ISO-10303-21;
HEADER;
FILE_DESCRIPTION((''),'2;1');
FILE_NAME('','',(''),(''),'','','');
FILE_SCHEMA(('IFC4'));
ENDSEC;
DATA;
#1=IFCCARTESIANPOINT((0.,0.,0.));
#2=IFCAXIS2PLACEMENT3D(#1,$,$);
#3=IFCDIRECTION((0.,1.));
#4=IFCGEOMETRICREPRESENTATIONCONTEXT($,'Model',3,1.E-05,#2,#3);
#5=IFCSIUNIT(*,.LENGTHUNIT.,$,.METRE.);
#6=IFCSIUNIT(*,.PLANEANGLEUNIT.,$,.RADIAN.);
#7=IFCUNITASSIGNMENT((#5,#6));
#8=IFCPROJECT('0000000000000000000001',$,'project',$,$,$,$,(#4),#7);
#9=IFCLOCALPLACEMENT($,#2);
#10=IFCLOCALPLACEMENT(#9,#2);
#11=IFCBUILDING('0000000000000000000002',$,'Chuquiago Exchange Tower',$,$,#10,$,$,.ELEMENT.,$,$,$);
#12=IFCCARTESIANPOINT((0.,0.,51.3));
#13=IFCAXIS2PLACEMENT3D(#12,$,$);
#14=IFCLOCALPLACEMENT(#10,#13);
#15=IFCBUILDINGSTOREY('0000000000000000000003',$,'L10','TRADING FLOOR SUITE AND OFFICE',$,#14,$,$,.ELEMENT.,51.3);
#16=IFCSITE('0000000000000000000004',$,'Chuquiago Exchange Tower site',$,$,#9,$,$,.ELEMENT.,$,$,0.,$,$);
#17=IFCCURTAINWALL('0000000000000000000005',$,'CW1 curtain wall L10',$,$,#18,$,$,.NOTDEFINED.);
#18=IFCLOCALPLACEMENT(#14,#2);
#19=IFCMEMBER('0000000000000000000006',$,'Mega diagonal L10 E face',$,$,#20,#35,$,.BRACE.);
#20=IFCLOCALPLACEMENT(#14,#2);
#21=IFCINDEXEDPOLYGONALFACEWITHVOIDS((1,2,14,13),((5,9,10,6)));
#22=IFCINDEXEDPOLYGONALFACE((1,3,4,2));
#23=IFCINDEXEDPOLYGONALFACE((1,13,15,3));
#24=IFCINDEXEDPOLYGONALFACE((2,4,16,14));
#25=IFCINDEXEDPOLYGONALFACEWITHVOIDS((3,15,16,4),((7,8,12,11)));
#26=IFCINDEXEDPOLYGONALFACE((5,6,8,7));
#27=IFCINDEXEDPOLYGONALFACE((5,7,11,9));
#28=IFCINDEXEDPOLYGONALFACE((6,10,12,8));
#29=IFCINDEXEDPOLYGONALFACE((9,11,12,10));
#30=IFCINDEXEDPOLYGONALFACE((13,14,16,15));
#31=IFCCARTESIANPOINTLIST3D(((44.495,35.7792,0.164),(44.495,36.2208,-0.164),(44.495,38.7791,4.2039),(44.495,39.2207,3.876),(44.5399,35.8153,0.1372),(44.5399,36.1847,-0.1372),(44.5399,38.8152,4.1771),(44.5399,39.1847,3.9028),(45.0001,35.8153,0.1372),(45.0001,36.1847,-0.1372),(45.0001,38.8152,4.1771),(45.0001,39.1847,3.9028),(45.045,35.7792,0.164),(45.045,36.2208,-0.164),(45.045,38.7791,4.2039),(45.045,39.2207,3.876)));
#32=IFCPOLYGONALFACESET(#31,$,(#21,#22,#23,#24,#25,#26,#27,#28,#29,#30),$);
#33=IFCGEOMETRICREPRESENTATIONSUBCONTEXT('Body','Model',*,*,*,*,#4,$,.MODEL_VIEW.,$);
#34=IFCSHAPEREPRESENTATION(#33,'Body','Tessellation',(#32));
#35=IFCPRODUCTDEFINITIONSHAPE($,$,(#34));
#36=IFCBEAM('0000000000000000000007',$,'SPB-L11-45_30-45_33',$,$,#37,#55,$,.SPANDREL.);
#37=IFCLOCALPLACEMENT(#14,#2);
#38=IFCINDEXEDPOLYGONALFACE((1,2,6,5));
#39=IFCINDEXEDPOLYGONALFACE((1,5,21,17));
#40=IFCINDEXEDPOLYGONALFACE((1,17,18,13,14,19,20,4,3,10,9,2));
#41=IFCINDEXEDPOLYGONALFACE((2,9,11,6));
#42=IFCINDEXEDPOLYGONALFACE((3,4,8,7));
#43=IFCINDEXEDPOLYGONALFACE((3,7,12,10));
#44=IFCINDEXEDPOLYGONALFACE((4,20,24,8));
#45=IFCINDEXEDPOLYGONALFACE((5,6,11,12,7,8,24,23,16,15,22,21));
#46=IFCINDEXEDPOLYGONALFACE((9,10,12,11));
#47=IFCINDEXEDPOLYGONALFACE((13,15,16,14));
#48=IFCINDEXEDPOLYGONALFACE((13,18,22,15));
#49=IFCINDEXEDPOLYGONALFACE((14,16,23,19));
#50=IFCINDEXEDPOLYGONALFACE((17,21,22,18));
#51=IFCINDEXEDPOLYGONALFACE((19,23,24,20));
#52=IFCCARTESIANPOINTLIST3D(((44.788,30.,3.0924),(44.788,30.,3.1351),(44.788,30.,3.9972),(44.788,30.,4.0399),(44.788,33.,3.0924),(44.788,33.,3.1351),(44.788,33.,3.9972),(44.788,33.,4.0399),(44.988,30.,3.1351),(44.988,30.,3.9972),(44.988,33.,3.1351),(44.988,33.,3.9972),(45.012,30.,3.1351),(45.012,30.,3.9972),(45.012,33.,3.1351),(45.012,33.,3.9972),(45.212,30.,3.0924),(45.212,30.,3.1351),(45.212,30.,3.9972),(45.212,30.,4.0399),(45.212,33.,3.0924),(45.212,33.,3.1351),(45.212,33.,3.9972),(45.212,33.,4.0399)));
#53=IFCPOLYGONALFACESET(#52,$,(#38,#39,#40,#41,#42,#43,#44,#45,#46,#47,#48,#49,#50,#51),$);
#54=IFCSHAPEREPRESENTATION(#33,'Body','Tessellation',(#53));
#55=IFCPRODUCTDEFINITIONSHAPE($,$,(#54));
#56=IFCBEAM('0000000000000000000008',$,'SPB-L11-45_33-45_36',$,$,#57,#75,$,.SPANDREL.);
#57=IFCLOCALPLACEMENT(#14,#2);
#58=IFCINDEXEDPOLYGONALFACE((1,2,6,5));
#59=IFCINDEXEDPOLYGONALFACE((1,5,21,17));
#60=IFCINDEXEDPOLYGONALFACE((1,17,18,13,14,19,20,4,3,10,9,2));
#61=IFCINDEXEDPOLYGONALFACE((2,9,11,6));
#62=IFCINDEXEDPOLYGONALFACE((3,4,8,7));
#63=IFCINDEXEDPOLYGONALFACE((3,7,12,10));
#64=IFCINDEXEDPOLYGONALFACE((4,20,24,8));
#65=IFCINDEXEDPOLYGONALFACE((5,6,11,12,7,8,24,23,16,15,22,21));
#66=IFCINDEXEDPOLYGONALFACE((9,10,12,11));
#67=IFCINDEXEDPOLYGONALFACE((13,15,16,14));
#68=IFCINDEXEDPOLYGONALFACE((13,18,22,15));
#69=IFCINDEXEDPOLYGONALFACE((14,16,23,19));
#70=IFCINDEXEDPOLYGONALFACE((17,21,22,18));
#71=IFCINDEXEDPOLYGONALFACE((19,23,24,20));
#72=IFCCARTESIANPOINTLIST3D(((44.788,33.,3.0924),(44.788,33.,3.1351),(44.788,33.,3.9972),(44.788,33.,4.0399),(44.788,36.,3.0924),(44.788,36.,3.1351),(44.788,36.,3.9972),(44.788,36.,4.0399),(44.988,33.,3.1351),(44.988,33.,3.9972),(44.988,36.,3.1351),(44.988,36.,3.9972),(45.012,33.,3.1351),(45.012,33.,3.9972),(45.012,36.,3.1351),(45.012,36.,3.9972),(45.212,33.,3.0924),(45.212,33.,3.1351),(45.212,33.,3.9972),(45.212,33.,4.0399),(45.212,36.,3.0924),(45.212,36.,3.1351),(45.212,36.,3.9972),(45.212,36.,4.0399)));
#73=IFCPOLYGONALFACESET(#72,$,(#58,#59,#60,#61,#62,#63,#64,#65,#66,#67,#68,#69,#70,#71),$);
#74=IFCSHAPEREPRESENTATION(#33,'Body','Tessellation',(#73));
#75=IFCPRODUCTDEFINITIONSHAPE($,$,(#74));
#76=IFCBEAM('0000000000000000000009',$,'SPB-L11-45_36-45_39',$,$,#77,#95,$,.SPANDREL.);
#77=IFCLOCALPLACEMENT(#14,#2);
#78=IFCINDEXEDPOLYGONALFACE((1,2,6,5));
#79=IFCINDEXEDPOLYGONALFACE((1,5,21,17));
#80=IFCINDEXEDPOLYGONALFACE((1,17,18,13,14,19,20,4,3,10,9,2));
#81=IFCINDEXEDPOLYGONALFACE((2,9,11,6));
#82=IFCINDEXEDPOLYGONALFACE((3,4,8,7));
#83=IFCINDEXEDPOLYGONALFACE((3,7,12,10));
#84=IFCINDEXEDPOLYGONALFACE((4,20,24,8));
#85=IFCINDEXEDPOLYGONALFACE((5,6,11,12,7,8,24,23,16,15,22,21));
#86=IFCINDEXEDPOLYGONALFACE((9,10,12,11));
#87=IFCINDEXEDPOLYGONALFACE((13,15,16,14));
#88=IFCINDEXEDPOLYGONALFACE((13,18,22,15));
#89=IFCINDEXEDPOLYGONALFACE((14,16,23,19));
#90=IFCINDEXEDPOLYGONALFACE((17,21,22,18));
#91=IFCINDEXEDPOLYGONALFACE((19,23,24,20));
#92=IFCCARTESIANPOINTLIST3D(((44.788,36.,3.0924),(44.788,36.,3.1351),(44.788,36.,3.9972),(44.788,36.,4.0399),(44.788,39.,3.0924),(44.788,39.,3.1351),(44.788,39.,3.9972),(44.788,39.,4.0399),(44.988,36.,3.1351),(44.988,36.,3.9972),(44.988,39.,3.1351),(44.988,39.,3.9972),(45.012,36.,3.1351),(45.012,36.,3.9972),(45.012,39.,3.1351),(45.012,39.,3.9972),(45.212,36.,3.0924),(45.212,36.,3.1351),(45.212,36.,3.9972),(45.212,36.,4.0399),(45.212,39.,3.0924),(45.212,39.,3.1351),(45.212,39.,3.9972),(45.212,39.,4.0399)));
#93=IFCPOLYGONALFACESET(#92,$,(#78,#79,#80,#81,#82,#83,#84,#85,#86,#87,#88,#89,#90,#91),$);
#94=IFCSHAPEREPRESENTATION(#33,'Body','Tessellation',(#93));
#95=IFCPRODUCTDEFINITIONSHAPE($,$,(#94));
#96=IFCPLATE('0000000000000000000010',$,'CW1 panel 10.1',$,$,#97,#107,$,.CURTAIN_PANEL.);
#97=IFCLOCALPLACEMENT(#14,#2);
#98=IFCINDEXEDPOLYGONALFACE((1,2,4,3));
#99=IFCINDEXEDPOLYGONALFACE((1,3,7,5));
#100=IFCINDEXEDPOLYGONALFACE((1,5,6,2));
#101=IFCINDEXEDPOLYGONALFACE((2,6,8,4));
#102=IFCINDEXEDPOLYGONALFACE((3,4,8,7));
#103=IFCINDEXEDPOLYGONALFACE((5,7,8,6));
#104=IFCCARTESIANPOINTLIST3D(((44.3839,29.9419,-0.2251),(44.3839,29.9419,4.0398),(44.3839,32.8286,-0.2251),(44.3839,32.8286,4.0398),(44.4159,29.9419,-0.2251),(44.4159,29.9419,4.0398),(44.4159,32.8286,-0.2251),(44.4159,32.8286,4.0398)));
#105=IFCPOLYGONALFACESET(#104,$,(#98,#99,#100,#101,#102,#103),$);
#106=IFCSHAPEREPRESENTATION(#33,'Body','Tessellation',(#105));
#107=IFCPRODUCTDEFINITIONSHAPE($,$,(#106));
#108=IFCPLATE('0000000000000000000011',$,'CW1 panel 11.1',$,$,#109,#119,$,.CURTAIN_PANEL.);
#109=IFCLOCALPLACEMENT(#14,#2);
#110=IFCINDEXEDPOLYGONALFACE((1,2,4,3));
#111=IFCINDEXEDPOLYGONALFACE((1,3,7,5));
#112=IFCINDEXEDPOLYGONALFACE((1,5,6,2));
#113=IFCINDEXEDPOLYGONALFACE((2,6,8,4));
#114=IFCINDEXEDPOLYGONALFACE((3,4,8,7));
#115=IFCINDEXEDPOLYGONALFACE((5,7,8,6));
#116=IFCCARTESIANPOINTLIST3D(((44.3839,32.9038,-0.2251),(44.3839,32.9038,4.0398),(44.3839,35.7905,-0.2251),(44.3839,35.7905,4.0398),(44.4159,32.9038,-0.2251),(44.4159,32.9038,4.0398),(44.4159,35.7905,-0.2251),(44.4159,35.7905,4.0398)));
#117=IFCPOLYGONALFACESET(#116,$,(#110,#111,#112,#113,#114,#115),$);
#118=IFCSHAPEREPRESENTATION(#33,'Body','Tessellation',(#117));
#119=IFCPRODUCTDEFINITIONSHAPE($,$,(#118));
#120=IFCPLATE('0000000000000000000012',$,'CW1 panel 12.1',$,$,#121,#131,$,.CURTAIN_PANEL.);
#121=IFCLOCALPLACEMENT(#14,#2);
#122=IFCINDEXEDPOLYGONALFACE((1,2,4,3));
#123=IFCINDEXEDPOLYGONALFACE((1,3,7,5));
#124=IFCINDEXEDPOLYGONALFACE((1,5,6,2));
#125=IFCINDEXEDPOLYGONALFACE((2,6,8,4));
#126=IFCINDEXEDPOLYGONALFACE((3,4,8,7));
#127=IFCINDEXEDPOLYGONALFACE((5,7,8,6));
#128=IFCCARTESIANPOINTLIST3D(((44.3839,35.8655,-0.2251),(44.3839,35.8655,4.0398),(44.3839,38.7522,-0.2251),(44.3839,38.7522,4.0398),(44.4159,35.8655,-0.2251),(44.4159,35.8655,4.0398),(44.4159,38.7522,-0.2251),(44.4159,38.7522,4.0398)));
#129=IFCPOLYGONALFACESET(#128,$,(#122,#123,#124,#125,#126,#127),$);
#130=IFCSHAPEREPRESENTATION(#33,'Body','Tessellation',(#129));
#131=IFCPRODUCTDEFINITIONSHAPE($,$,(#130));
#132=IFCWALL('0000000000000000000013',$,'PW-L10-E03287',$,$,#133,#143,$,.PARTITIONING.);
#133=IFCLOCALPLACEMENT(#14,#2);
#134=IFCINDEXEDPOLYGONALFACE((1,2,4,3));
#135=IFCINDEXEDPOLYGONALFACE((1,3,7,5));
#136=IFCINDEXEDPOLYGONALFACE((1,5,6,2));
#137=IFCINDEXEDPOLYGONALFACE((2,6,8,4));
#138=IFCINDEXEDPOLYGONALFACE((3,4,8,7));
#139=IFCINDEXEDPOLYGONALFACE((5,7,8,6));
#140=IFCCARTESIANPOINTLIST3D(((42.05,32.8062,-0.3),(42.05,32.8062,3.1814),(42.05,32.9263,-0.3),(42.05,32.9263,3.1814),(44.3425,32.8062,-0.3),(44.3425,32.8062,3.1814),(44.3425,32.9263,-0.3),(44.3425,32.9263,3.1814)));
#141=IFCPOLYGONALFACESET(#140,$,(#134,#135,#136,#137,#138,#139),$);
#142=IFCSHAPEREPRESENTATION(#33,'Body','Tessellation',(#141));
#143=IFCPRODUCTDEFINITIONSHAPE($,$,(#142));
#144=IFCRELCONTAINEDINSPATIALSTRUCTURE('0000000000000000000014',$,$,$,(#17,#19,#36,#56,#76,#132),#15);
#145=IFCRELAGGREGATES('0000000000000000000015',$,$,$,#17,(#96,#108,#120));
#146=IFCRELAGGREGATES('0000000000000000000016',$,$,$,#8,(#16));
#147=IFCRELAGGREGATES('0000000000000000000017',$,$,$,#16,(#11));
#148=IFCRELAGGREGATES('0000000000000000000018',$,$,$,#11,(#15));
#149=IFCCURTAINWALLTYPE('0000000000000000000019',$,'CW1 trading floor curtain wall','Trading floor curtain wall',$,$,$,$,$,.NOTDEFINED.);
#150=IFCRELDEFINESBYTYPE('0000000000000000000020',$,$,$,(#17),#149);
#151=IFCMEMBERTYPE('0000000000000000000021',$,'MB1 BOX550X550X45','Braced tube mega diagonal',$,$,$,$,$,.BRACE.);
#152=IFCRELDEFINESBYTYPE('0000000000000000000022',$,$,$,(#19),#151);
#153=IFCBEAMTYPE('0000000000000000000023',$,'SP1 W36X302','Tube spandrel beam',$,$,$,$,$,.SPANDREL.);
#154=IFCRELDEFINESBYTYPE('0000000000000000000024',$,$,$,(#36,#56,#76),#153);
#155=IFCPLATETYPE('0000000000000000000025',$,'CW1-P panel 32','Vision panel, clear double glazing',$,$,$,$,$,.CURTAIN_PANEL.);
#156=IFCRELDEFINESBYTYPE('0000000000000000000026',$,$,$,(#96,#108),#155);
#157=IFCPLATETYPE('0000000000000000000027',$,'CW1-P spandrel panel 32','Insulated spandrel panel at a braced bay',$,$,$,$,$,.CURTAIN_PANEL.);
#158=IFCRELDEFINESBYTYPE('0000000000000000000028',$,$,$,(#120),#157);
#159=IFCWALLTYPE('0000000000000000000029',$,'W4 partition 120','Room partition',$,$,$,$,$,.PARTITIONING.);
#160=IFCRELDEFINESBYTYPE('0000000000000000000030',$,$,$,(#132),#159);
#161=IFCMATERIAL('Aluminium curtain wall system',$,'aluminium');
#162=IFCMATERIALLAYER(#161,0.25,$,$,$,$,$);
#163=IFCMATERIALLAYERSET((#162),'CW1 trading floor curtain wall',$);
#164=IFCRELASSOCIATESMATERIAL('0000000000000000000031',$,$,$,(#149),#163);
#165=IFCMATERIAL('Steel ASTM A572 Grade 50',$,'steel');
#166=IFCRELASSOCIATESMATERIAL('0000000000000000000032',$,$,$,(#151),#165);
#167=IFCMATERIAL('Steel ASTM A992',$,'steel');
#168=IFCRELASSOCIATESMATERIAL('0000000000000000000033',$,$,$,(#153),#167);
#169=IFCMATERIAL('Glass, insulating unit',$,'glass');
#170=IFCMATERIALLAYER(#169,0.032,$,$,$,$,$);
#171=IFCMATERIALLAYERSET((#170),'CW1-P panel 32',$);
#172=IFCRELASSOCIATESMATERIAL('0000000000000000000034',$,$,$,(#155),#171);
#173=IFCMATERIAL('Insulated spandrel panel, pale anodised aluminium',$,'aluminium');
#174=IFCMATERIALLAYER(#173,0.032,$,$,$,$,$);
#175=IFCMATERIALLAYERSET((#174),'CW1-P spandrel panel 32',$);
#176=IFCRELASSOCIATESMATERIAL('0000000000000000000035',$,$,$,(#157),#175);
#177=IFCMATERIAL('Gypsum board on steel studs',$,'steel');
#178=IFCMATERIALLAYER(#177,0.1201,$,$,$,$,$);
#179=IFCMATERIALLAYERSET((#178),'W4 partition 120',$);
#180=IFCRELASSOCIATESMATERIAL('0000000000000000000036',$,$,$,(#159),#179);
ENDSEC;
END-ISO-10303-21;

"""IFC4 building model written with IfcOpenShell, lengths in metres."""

from ifc_helpers import new_model, si_unit, direction, frame, frame_2d, origin, origin_2d, place, context, subcontext, project, spatial, rectangle, hollow_rectangle, i_section, extrude, material, layer, layer_set, material_profile, profile_set, type_object, element, aggregate, save


model = new_model("IFC4")

# Units and contexts
model_context = context("Model", 3, precision=1e-05, world=origin(), true_north=direction((0.0, 1.0)))
body_context = subcontext(model_context, "Body", "Model", "MODEL_VIEW")
ifc_project = project(units=[si_unit("LENGTHUNIT", "METRE"), si_unit("PLANEANGLEUNIT", "RADIAN")], contexts=[model_context])

# Site, building, storey
site_placement = place(None, origin())
site = spatial("IfcSite", under=ifc_project, at=site_placement, Name="Chuquiago Exchange Tower site", CompositionType="ELEMENT", RefElevation=0.0)
building_placement = place(site_placement, origin())
building = spatial("IfcBuilding", under=site, at=building_placement, Name="Chuquiago Exchange Tower", CompositionType="ELEMENT")
storey_placement = place(building_placement, frame((0.0, 0.0, 51.3)))
storey = spatial("IfcBuildingStorey", under=building, at=storey_placement, Name="L10", Description="TRADING FLOOR SUITE AND OFFICE", CompositionType="ELEMENT", Elevation=51.3)

# Curtain wall
ifc_material_1 = material(Name="Aluminium curtain wall system", Category="aluminium")
ifc_layer_1 = layer(ifc_material_1, 0.25)
ifc_layer_set_1 = layer_set([ifc_layer_1], Name="CW1 trading floor curtain wall")
curtain_wall_type = type_object("IfcCurtainWallType", Name="CW1 trading floor curtain wall", Description="Trading floor curtain wall", PredefinedType="NOTDEFINED", material=ifc_layer_set_1)
curtain_wall_placement = place(storey_placement, origin())
curtain_wall = element("IfcCurtainWall", 1, at=curtain_wall_placement, inside=storey, type_object=curtain_wall_type, Name="CW1 curtain wall L10", PredefinedType="NOTDEFINED")

# Member
ifc_material_2 = material(Name="Steel ASTM A572 Grade 50", Category="steel")
ifc_material_profile_1 = material_profile(ifc_material_2, hollow_rectangle(XDim=0.55, YDim=0.55, WallThickness=0.0449, at=origin_2d()), Name="BOX550X550X45")
ifc_profile_set_1 = profile_set([ifc_material_profile_1], Name="Steel ASTM A572 Grade 50")
member_type_1 = type_object("IfcMemberType", Name="MB1 BOX550X550X45", Description="Braced tube mega diagonal", PredefinedType="BRACE", material=ifc_profile_set_1)
member_1_placement = place(storey_placement, frame((44.77, 36.0, 0.0), z_axis=(0.0, 0.596174, 0.802855), x_axis=(-1.0, 0.0, 0.0)))
element("IfcMember", 2, at=member_1_placement, inside=storey, type_object=member_type_1, Name="Mega diagonal L10 E face", PredefinedType="BRACE", context=body_context, shape_type="SweptSolid", body=[
    extrude(hollow_rectangle(XDim=0.55, YDim=0.55, WallThickness=0.0449, at=origin_2d()), origin(), (0.0, 0.0, 1.0), 5.032),
])

# Beams
ifc_material_3 = material(Name="Steel ASTM A992", Category="steel")
ifc_material_profile_2 = material_profile(ifc_material_3, i_section(OverallWidth=0.4241, OverallDepth=0.9475, WebThickness=0.0239, FlangeThickness=0.0427, at=origin_2d()), Name="W36X302")
ifc_profile_set_2 = profile_set([ifc_material_profile_2], Name="Steel ASTM A992")
beam_type_1 = type_object("IfcBeamType", Name="SP1 W36X302", Description="Tube spandrel beam", PredefinedType="SPANDREL", material=ifc_profile_set_2)
for number, where, z_axis, x_axis, name in (
    (3, (45.0, 30.0, 3.5662), (0.0, 1.0, 0.0), (-1.0, 0.0, 0.0), "SPB-L11-45_30-45_33"),
    (4, (45.0, 33.0, 3.5662), (0.0, 1.0, 0.0), (-1.0, 0.0, 0.0), "SPB-L11-45_33-45_36"),
    (5, (45.0, 36.0, 3.5662), (0.0, 1.0, 0.0), (-1.0, 0.0, 0.0), "SPB-L11-45_36-45_39"),
):
    element("IfcBeam", number, at=place(storey_placement, frame(where, z_axis=z_axis, x_axis=x_axis)), inside=storey, type_object=beam_type_1, Name=name, PredefinedType="SPANDREL", context=body_context, shape_type="SweptSolid", body=[
        extrude(i_section(OverallWidth=0.4241, OverallDepth=0.9475, WebThickness=0.0239, FlangeThickness=0.0427, at=origin_2d()), origin(), (0.0, 0.0, 1.0), 3.0),
    ])

# Plates
ifc_material_4 = material(Name="Glass, insulating unit", Category="glass")
ifc_layer_2 = layer(ifc_material_4, 0.032)
ifc_layer_set_2 = layer_set([ifc_layer_2], Name="CW1-P panel 32")
plate_type_1 = type_object("IfcPlateType", Name="CW1-P panel 32", Description="Vision panel, clear double glazing", PredefinedType="CURTAIN_PANEL", material=ifc_layer_set_2)
plate_1_placement = place(storey_placement, frame((44.3999, 31.3853, -0.2251), z_axis=(0.0, 0.0, 1.0), x_axis=(0.0, 1.0, 0.0)))
plate_1 = element("IfcPlate", 6, at=plate_1_placement, type_object=plate_type_1, Name="CW1 panel 10.1", PredefinedType="CURTAIN_PANEL", context=body_context, shape_type="SweptSolid", body=[
    extrude(rectangle(XDim=2.8867, YDim=0.032, at=origin_2d()), origin(), (0.0, 0.0, 1.0), 4.2649),
])
plate_2_placement = place(storey_placement, frame((44.3999, 34.3472, -0.2251), z_axis=(0.0, 0.0, 1.0), x_axis=(0.0, 1.0, 0.0)))
plate_2 = element("IfcPlate", 7, at=plate_2_placement, type_object=plate_type_1, Name="CW1 panel 11.1", PredefinedType="CURTAIN_PANEL", context=body_context, shape_type="SweptSolid", body=[
    extrude(rectangle(XDim=2.8867, YDim=0.032, at=origin_2d()), origin(), (0.0, 0.0, 1.0), 4.2649),
])
ifc_material_5 = material(Name="Insulated spandrel panel, pale anodised aluminium", Category="aluminium")
ifc_layer_3 = layer(ifc_material_5, 0.032)
ifc_layer_set_3 = layer_set([ifc_layer_3], Name="CW1-P spandrel panel 32")
plate_type_2 = type_object("IfcPlateType", Name="CW1-P spandrel panel 32", Description="Insulated spandrel panel at a braced bay", PredefinedType="CURTAIN_PANEL", material=ifc_layer_set_3)
plate_3_placement = place(storey_placement, frame((44.3999, 37.3088, -0.2251), z_axis=(0.0, 0.0, 1.0), x_axis=(0.0, 1.0, 0.0)))
plate_3 = element("IfcPlate", 8, at=plate_3_placement, type_object=plate_type_2, Name="CW1 panel 12.1", PredefinedType="CURTAIN_PANEL", context=body_context, shape_type="SweptSolid", body=[
    extrude(rectangle(XDim=2.8867, YDim=0.032, at=origin_2d()), origin(), (0.0, 0.0, 1.0), 4.2649),
])
aggregate(curtain_wall, [plate_1, plate_2, plate_3])

# Wall
ifc_material_6 = material(Name="Gypsum board on steel studs", Category="steel")
ifc_layer_4 = layer(ifc_material_6, 0.1201)
ifc_layer_set_4 = layer_set([ifc_layer_4], Name="W4 partition 120")
wall_type = type_object("IfcWallType", Name="W4 partition 120", Description="Room partition", PredefinedType="PARTITIONING", material=ifc_layer_set_4)
wall_placement = place(storey_placement, frame((44.3425, 32.8662, -0.3), z_axis=(0.0, 0.0, 1.0), x_axis=(-1.0, 0.0, 0.0)))
element("IfcWall", 9, at=wall_placement, inside=storey, type_object=wall_type, Name="PW-L10-E03287", PredefinedType="PARTITIONING", context=body_context, shape_type="SweptSolid", body=[
    extrude(rectangle(XDim=2.2925, YDim=0.1201, at=frame_2d((1.1462, 0.0))), origin(), (0.0, 0.0, 1.0), 3.4814),
])

save(model, "model.ifc")
